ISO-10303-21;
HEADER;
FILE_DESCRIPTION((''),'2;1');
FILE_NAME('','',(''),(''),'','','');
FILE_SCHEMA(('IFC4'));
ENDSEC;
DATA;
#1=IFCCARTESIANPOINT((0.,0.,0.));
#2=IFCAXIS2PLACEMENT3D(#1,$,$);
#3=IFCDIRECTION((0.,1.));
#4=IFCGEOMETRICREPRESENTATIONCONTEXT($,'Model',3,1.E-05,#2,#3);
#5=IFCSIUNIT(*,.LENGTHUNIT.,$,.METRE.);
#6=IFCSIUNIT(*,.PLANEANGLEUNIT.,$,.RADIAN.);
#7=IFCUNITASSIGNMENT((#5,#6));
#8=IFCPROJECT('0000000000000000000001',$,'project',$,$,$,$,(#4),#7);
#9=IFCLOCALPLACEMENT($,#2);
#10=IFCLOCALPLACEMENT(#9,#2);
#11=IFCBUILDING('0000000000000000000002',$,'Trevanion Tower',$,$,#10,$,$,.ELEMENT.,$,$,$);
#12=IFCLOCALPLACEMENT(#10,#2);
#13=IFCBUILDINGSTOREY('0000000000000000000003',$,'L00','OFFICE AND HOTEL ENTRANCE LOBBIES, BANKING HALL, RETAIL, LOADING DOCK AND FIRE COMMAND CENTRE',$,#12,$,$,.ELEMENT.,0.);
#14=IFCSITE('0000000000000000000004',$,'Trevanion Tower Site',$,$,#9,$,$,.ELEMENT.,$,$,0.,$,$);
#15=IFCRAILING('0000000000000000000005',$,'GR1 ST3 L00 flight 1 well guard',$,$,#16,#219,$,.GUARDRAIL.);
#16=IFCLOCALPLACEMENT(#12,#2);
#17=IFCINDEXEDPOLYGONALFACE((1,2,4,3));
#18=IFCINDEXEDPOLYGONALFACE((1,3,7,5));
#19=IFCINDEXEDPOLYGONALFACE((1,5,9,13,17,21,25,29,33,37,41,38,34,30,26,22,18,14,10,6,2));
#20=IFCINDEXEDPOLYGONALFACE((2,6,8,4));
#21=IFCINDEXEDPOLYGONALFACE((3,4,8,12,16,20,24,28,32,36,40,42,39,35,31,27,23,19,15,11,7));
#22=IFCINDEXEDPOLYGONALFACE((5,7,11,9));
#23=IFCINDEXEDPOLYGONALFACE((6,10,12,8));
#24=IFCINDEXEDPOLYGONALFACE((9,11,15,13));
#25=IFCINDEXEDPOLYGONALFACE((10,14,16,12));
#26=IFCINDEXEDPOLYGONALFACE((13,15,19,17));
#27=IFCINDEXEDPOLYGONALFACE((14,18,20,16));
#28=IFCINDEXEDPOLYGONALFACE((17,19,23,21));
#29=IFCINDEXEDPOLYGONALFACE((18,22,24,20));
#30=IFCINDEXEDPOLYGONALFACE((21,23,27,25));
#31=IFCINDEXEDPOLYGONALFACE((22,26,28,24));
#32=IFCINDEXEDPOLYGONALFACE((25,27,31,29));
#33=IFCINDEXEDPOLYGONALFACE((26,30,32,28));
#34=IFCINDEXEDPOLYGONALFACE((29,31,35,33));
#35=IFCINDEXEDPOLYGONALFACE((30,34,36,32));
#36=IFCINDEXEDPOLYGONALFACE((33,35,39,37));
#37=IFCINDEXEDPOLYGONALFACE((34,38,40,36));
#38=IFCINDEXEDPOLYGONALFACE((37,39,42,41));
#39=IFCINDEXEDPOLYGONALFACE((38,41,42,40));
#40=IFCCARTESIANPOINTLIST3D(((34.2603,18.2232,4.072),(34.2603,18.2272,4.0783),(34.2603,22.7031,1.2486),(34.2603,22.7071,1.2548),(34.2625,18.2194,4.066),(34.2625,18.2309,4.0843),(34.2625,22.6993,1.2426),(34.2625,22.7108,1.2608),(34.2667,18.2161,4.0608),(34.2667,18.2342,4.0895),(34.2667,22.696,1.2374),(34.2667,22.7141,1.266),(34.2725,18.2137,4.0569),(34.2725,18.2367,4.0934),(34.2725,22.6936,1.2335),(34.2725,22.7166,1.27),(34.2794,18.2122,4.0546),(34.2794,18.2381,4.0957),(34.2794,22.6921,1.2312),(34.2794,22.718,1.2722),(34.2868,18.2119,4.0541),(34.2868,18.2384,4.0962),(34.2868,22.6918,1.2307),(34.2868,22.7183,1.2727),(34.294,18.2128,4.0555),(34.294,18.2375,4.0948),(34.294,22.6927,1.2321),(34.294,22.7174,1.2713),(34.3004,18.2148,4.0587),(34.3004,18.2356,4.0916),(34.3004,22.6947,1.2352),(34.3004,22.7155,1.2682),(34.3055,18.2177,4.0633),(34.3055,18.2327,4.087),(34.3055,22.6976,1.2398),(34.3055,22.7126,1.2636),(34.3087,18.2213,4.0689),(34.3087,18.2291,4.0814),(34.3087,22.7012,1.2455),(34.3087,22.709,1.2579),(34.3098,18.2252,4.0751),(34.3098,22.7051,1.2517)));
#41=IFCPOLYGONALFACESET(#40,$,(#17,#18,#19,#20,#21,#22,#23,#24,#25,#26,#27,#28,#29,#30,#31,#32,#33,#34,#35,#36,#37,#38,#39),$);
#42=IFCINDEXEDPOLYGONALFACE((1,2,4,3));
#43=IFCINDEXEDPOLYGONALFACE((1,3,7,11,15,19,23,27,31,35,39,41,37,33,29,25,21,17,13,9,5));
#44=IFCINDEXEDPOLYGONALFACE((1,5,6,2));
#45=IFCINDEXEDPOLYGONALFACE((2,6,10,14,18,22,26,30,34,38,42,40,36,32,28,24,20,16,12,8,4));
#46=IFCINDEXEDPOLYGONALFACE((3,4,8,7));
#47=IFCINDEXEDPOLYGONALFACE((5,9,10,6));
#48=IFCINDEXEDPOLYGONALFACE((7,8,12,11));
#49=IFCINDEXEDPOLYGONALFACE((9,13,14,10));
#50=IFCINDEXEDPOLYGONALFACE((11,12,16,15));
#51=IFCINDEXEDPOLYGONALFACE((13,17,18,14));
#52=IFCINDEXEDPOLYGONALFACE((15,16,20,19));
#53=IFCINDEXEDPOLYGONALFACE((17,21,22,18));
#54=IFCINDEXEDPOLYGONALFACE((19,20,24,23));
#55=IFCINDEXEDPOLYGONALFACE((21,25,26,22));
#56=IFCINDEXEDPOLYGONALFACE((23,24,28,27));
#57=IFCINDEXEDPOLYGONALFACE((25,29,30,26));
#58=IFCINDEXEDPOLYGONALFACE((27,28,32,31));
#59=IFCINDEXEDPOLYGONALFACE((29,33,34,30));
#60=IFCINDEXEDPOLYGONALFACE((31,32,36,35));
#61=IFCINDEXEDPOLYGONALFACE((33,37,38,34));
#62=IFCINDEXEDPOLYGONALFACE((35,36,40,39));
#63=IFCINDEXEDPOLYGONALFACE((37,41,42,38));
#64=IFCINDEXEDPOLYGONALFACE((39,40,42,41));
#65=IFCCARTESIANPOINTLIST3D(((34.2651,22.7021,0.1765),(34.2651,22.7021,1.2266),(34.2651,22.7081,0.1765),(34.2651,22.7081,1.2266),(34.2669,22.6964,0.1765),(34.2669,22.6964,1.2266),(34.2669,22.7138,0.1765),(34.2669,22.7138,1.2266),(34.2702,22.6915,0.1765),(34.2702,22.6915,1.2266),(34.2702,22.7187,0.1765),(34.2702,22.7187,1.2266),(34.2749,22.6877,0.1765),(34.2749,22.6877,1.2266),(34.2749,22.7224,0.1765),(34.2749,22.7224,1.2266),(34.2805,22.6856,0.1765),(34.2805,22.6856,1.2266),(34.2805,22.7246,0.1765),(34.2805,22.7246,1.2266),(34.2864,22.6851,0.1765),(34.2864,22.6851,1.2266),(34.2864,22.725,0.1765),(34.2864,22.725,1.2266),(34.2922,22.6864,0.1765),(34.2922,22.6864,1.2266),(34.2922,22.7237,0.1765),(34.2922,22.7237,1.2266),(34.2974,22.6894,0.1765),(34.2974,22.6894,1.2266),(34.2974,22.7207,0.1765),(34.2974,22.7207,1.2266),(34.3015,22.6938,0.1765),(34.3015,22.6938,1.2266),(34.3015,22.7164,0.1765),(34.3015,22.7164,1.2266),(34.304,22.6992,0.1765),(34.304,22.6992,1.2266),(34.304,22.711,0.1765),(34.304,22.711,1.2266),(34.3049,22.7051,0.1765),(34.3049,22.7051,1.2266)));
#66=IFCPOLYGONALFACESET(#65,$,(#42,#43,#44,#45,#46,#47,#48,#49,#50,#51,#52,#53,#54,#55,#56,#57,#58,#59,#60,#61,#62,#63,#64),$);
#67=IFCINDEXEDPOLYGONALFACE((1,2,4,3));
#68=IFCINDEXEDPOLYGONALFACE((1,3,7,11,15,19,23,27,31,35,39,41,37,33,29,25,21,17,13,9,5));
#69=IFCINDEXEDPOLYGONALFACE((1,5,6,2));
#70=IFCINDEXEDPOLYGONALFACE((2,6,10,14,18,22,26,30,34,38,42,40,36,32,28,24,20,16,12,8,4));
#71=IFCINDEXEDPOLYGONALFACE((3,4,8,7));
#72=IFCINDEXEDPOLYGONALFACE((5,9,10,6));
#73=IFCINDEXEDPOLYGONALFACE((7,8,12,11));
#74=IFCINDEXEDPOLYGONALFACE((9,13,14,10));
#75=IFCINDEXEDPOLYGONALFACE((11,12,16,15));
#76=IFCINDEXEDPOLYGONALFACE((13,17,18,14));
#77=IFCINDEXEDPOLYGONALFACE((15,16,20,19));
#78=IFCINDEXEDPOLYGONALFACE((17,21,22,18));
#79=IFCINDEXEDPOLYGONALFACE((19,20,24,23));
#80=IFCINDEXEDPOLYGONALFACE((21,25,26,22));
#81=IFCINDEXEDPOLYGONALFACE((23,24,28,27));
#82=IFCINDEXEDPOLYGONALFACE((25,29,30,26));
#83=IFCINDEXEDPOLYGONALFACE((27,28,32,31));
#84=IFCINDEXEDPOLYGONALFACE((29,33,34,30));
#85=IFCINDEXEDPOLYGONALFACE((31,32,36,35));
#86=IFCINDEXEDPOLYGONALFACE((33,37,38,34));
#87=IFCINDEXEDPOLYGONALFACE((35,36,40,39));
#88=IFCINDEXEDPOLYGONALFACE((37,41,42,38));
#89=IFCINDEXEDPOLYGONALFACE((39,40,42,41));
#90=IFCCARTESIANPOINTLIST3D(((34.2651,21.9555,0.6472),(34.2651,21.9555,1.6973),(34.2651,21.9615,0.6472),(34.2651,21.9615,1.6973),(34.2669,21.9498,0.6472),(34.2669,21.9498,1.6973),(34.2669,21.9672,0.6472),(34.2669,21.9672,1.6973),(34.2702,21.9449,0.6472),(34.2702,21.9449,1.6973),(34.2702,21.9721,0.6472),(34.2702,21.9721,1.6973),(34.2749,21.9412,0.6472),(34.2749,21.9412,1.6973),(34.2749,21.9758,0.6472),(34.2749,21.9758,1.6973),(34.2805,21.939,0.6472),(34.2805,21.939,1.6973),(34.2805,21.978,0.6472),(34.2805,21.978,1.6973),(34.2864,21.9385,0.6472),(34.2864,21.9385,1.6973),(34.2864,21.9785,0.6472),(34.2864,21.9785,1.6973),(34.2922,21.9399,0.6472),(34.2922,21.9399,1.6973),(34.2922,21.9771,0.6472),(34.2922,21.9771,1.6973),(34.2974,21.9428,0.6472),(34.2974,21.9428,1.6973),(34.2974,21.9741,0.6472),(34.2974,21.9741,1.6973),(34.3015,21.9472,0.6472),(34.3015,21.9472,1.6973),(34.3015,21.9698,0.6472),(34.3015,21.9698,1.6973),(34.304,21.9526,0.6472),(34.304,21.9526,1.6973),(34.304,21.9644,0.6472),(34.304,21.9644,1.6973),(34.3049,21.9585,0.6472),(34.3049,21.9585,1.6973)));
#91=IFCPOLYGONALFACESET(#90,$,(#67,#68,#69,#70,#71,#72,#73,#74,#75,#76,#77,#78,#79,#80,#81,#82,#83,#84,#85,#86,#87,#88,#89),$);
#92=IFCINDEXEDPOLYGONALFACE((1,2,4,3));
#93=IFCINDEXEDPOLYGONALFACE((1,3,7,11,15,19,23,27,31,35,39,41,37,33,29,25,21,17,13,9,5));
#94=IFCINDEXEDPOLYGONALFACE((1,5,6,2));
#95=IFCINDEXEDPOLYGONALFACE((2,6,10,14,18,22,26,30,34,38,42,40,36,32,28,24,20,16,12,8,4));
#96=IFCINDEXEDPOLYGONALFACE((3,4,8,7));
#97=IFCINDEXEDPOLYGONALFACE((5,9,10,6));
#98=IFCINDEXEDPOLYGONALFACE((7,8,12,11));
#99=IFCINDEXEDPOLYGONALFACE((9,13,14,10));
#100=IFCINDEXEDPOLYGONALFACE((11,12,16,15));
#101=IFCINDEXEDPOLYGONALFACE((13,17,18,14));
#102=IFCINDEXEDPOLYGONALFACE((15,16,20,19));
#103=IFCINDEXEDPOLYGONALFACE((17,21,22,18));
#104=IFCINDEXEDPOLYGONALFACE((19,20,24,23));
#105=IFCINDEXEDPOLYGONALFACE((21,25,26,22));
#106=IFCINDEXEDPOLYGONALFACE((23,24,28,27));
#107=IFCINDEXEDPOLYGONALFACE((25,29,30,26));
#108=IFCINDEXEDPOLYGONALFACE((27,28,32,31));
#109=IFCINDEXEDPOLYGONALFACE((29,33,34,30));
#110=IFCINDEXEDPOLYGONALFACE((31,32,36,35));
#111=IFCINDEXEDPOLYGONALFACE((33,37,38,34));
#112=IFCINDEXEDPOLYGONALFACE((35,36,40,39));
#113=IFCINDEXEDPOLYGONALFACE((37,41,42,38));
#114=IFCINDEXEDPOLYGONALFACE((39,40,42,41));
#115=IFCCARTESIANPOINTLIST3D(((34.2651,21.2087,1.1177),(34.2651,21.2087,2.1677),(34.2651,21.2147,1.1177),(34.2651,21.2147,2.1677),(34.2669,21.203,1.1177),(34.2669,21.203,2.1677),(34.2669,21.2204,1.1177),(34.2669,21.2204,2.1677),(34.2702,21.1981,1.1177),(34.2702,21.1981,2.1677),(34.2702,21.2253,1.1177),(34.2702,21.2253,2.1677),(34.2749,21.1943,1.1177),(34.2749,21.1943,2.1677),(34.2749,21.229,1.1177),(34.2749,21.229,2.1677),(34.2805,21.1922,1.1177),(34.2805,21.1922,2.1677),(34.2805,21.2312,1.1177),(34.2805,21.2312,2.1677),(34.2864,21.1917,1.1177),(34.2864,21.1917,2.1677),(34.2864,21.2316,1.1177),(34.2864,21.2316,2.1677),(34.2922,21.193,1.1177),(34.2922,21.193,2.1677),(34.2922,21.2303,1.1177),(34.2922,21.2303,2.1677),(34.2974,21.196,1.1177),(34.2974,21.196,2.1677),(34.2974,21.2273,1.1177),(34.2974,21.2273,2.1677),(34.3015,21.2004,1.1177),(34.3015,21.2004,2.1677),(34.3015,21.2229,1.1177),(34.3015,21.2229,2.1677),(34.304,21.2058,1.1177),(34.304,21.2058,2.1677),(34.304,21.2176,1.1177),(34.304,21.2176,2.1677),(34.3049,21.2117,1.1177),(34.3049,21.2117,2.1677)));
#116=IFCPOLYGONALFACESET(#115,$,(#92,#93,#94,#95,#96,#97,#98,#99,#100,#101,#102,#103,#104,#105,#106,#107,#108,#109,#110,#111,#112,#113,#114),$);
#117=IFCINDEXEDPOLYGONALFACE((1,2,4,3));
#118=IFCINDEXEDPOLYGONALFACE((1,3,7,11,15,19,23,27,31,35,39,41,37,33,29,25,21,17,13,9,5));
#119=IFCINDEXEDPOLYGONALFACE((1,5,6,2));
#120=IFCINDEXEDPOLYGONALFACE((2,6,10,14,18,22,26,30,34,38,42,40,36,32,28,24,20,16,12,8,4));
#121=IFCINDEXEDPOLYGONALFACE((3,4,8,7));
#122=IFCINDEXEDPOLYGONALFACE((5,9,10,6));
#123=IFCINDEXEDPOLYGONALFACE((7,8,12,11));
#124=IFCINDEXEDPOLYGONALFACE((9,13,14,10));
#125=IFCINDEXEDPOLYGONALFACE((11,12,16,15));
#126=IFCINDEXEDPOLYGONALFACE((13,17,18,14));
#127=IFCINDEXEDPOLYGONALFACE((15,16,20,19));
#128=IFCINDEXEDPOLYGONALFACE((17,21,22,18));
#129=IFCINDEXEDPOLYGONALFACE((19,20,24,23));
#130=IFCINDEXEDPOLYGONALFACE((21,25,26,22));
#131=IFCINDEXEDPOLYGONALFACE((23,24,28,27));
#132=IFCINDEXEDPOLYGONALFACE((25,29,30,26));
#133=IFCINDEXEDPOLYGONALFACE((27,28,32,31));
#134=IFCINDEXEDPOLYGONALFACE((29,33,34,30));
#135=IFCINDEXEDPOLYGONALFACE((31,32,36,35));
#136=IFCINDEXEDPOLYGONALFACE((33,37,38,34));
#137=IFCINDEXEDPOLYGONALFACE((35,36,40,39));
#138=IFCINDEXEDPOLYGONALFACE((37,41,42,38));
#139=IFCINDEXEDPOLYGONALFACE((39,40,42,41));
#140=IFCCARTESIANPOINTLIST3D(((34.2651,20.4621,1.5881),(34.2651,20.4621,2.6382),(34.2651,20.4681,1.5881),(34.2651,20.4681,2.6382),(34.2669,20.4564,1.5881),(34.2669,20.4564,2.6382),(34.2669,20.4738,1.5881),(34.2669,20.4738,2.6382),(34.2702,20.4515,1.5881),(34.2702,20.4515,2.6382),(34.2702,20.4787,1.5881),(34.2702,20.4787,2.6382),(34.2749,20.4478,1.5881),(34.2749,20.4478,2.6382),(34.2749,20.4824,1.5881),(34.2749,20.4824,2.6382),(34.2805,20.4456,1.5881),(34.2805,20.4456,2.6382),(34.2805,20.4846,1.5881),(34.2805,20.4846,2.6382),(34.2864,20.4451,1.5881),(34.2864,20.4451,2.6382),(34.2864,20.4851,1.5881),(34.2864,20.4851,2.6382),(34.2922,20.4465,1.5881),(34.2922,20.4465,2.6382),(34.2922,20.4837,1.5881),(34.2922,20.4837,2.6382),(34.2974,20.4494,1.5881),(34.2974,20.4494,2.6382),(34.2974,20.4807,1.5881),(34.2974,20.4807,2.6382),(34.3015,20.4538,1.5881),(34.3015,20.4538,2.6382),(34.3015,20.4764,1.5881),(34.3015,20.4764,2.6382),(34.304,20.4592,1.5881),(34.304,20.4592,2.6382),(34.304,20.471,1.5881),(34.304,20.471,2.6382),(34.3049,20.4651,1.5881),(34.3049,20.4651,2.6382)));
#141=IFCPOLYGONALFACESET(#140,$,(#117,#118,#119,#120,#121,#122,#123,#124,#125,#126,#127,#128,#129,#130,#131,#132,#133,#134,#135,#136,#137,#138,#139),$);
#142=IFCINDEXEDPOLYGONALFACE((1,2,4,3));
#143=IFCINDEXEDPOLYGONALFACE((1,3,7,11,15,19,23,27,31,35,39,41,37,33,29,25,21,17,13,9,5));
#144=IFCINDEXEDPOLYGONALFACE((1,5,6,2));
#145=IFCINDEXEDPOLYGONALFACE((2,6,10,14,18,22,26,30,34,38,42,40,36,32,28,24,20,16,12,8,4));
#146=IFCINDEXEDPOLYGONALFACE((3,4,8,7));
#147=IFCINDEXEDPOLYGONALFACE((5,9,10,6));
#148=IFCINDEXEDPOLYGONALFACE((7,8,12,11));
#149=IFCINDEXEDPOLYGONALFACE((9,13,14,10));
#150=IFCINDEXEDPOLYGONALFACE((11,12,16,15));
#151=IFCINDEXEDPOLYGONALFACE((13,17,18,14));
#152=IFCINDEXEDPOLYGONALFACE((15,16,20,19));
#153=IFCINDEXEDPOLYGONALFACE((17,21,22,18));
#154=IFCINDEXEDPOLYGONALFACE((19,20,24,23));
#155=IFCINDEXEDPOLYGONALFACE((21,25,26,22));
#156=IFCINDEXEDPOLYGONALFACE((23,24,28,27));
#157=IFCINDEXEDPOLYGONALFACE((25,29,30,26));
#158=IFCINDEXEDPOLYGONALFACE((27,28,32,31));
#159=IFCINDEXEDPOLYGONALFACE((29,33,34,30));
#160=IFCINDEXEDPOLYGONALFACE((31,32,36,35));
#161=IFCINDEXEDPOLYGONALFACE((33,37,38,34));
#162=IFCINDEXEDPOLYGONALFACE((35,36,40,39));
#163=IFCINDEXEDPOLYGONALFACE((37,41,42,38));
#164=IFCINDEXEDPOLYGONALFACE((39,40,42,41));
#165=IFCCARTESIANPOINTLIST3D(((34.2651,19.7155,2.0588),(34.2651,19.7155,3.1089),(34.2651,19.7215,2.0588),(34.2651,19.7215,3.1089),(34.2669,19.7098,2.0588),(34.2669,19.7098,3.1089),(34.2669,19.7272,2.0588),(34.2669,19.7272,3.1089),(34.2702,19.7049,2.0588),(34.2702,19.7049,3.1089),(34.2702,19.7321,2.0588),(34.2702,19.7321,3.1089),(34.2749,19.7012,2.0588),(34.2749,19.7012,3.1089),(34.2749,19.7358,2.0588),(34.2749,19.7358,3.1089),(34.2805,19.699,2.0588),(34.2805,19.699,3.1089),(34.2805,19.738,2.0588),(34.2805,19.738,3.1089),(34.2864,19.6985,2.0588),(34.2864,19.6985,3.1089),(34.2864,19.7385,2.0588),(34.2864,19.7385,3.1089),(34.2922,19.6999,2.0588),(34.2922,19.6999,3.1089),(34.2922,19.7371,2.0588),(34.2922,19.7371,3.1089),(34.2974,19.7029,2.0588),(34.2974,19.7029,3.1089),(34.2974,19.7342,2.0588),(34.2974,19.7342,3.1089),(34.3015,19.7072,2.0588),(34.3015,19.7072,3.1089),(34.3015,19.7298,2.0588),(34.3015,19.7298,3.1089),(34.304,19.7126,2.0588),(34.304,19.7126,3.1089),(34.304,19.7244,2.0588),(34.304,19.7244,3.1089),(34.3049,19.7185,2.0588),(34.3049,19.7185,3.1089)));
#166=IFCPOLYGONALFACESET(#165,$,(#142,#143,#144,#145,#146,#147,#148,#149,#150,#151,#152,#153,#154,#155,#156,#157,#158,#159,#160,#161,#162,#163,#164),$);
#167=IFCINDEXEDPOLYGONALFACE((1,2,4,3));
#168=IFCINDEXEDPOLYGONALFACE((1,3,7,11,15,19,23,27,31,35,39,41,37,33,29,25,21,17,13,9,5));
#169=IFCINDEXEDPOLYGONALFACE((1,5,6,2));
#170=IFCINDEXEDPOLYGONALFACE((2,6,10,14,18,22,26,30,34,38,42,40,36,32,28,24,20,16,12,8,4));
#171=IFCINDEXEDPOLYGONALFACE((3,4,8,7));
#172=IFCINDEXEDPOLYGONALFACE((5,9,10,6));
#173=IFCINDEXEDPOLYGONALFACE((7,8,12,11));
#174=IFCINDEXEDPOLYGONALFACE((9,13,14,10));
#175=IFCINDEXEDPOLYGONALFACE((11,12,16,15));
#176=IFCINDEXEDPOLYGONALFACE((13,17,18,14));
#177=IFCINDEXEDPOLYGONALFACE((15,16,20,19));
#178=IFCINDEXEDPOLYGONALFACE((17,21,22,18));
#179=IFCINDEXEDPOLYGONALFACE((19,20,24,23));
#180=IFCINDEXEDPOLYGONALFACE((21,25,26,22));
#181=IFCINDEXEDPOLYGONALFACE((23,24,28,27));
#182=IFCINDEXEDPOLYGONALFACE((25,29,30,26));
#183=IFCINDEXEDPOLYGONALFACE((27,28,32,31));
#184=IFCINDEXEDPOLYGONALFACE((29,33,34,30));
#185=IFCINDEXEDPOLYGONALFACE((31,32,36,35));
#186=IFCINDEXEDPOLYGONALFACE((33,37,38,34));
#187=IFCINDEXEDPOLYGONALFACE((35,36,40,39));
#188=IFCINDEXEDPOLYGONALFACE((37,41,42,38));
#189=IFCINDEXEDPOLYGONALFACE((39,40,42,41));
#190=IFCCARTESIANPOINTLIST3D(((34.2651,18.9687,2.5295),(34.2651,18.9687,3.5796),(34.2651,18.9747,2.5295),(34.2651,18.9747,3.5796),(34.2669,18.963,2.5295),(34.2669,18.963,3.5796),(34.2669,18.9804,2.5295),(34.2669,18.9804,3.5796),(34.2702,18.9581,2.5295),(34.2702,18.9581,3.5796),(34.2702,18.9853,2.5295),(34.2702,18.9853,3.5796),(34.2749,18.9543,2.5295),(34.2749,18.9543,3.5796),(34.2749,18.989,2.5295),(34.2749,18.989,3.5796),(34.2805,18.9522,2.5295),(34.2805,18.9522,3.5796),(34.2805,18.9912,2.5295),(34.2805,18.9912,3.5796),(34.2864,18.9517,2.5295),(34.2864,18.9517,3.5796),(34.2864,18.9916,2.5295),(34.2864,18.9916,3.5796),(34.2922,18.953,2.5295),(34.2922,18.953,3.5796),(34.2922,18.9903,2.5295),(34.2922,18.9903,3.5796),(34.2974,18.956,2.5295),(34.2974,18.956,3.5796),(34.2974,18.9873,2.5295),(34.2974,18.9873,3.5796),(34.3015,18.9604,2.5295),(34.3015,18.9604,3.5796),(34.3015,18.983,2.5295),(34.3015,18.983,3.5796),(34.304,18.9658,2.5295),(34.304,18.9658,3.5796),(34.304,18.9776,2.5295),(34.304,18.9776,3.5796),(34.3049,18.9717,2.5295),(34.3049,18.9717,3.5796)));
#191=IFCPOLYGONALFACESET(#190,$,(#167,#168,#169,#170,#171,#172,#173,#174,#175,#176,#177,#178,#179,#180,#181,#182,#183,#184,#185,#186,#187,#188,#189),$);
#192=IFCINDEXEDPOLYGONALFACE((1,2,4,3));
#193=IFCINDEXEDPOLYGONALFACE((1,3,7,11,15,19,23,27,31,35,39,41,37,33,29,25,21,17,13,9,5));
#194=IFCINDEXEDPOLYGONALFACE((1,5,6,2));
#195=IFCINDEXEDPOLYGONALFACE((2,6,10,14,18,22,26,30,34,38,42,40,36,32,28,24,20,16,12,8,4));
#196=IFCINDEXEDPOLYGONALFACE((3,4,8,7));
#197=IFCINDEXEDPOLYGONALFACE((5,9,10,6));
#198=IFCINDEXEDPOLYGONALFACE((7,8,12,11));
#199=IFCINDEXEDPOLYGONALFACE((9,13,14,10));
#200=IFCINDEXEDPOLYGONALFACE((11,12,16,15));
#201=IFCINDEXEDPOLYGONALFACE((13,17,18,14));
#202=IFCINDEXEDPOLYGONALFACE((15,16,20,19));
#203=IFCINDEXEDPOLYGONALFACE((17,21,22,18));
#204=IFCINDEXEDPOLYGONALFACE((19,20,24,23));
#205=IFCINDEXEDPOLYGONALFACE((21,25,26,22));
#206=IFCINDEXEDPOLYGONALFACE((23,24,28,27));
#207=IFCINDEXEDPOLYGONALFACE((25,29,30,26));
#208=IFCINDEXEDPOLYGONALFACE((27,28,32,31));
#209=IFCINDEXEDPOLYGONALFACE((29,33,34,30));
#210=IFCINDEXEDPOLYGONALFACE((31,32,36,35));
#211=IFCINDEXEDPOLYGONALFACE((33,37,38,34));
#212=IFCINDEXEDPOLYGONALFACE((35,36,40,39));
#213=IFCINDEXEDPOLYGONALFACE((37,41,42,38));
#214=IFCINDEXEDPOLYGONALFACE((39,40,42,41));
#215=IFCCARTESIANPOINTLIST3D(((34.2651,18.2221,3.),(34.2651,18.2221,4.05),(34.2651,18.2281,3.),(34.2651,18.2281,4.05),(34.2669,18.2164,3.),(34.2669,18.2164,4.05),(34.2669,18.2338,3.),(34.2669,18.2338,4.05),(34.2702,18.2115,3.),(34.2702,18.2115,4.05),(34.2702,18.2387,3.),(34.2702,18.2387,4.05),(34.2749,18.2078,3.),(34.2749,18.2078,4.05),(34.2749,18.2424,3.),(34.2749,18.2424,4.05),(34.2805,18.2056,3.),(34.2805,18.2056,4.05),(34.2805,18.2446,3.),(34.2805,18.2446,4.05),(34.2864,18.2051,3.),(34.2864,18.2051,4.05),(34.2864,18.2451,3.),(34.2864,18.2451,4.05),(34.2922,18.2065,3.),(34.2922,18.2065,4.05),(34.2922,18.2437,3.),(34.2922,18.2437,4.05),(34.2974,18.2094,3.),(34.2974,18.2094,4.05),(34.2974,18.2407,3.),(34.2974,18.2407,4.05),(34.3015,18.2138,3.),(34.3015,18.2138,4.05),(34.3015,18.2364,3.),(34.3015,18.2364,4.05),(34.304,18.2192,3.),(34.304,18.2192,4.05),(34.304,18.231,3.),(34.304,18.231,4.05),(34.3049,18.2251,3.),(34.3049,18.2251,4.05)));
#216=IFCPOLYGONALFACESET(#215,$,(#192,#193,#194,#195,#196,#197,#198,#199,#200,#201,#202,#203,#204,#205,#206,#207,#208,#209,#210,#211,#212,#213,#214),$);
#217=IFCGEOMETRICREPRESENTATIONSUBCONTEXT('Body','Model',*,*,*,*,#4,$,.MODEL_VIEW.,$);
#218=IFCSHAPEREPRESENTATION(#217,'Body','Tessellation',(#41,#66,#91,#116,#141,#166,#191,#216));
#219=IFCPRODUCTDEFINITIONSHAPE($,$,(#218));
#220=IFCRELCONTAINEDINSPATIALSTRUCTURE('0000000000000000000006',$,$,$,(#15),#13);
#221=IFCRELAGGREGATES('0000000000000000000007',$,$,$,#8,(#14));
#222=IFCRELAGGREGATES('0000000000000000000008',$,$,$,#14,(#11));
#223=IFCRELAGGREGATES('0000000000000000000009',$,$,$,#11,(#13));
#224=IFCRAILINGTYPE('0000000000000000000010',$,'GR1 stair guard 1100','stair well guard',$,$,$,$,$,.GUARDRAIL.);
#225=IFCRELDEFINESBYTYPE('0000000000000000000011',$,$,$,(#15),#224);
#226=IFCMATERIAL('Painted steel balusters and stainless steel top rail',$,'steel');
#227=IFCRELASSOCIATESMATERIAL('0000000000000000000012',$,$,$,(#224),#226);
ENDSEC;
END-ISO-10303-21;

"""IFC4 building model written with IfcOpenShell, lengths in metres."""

from ifc_helpers import new_model, si_unit, direction, frame, origin, origin_2d, place, context, subcontext, project, spatial, circle, extrude, material, type_object, element, save


model = new_model("IFC4")

# Units and contexts
model_context = context("Model", 3, precision=1e-05, world=origin(), true_north=direction((0.0, 1.0)))
body_context = subcontext(model_context, "Body", "Model", "MODEL_VIEW")
ifc_project = project(units=[si_unit("LENGTHUNIT", "METRE"), si_unit("PLANEANGLEUNIT", "RADIAN")], contexts=[model_context])

# Site, building, storey
site_placement = place(None, origin())
site = spatial("IfcSite", under=ifc_project, at=site_placement, Name="Trevanion Tower Site", CompositionType="ELEMENT", RefElevation=0.0)
building_placement = place(site_placement, origin())
building = spatial("IfcBuilding", under=site, at=building_placement, Name="Trevanion Tower", CompositionType="ELEMENT")
storey_placement = place(building_placement, origin())
storey = spatial("IfcBuildingStorey", under=building, at=storey_placement, Name="L00", Description="OFFICE AND HOTEL ENTRANCE LOBBIES, BANKING HALL, RETAIL, LOADING DOCK AND FIRE COMMAND CENTRE", CompositionType="ELEMENT", Elevation=0.0)

# Railing
ifc_material_1 = material(Name="Painted steel balusters and stainless steel top rail", Category="steel")
railing_type_1 = type_object("IfcRailingType", Name="GR1 stair guard 1100", Description="stair well guard", PredefinedType="GUARDRAIL", material=ifc_material_1)
railing_1_placement = place(storey_placement, frame((34.2849, 22.7051, 0.1765)))
element("IfcRailing", 1, at=railing_1_placement, inside=storey, type_object=railing_type_1, Name="GR1 ST3 L00 flight 1 well guard", PredefinedType="GUARDRAIL", context=body_context, shape_type="SweptSolid", body=[
    extrude(circle(Radius=0.0249, at=origin_2d()), frame((0.0, 0.0, 1.0752), z_axis=(0.0, -0.845998, 0.533186), x_axis=(1.0, 0.0, 0.0)), (0.0, 0.0, 1.0), 5.2954),
    extrude(circle(Radius=0.02, at=origin_2d()), origin(), (0.0, 0.0, 1.0), 1.05),
    extrude(circle(Radius=0.02, at=origin_2d()), frame((0.0, -0.7466, 0.4707)), (0.0, 0.0, 1.0), 1.05),
    extrude(circle(Radius=0.02, at=origin_2d()), frame((0.0, -1.4934, 0.9412)), (0.0, 0.0, 1.0), 1.05),
    extrude(circle(Radius=0.02, at=origin_2d()), frame((0.0, -2.24, 1.4116)), (0.0, 0.0, 1.0), 1.05),
    extrude(circle(Radius=0.02, at=origin_2d()), frame((0.0, -2.9866, 1.8823)), (0.0, 0.0, 1.0), 1.05),
    extrude(circle(Radius=0.02, at=origin_2d()), frame((0.0, -3.7334, 2.353)), (0.0, 0.0, 1.0), 1.05),
    extrude(circle(Radius=0.02, at=origin_2d()), frame((0.0, -4.48, 2.8235)), (0.0, 0.0, 1.0), 1.05),
])

save(model, "model.ifc")
